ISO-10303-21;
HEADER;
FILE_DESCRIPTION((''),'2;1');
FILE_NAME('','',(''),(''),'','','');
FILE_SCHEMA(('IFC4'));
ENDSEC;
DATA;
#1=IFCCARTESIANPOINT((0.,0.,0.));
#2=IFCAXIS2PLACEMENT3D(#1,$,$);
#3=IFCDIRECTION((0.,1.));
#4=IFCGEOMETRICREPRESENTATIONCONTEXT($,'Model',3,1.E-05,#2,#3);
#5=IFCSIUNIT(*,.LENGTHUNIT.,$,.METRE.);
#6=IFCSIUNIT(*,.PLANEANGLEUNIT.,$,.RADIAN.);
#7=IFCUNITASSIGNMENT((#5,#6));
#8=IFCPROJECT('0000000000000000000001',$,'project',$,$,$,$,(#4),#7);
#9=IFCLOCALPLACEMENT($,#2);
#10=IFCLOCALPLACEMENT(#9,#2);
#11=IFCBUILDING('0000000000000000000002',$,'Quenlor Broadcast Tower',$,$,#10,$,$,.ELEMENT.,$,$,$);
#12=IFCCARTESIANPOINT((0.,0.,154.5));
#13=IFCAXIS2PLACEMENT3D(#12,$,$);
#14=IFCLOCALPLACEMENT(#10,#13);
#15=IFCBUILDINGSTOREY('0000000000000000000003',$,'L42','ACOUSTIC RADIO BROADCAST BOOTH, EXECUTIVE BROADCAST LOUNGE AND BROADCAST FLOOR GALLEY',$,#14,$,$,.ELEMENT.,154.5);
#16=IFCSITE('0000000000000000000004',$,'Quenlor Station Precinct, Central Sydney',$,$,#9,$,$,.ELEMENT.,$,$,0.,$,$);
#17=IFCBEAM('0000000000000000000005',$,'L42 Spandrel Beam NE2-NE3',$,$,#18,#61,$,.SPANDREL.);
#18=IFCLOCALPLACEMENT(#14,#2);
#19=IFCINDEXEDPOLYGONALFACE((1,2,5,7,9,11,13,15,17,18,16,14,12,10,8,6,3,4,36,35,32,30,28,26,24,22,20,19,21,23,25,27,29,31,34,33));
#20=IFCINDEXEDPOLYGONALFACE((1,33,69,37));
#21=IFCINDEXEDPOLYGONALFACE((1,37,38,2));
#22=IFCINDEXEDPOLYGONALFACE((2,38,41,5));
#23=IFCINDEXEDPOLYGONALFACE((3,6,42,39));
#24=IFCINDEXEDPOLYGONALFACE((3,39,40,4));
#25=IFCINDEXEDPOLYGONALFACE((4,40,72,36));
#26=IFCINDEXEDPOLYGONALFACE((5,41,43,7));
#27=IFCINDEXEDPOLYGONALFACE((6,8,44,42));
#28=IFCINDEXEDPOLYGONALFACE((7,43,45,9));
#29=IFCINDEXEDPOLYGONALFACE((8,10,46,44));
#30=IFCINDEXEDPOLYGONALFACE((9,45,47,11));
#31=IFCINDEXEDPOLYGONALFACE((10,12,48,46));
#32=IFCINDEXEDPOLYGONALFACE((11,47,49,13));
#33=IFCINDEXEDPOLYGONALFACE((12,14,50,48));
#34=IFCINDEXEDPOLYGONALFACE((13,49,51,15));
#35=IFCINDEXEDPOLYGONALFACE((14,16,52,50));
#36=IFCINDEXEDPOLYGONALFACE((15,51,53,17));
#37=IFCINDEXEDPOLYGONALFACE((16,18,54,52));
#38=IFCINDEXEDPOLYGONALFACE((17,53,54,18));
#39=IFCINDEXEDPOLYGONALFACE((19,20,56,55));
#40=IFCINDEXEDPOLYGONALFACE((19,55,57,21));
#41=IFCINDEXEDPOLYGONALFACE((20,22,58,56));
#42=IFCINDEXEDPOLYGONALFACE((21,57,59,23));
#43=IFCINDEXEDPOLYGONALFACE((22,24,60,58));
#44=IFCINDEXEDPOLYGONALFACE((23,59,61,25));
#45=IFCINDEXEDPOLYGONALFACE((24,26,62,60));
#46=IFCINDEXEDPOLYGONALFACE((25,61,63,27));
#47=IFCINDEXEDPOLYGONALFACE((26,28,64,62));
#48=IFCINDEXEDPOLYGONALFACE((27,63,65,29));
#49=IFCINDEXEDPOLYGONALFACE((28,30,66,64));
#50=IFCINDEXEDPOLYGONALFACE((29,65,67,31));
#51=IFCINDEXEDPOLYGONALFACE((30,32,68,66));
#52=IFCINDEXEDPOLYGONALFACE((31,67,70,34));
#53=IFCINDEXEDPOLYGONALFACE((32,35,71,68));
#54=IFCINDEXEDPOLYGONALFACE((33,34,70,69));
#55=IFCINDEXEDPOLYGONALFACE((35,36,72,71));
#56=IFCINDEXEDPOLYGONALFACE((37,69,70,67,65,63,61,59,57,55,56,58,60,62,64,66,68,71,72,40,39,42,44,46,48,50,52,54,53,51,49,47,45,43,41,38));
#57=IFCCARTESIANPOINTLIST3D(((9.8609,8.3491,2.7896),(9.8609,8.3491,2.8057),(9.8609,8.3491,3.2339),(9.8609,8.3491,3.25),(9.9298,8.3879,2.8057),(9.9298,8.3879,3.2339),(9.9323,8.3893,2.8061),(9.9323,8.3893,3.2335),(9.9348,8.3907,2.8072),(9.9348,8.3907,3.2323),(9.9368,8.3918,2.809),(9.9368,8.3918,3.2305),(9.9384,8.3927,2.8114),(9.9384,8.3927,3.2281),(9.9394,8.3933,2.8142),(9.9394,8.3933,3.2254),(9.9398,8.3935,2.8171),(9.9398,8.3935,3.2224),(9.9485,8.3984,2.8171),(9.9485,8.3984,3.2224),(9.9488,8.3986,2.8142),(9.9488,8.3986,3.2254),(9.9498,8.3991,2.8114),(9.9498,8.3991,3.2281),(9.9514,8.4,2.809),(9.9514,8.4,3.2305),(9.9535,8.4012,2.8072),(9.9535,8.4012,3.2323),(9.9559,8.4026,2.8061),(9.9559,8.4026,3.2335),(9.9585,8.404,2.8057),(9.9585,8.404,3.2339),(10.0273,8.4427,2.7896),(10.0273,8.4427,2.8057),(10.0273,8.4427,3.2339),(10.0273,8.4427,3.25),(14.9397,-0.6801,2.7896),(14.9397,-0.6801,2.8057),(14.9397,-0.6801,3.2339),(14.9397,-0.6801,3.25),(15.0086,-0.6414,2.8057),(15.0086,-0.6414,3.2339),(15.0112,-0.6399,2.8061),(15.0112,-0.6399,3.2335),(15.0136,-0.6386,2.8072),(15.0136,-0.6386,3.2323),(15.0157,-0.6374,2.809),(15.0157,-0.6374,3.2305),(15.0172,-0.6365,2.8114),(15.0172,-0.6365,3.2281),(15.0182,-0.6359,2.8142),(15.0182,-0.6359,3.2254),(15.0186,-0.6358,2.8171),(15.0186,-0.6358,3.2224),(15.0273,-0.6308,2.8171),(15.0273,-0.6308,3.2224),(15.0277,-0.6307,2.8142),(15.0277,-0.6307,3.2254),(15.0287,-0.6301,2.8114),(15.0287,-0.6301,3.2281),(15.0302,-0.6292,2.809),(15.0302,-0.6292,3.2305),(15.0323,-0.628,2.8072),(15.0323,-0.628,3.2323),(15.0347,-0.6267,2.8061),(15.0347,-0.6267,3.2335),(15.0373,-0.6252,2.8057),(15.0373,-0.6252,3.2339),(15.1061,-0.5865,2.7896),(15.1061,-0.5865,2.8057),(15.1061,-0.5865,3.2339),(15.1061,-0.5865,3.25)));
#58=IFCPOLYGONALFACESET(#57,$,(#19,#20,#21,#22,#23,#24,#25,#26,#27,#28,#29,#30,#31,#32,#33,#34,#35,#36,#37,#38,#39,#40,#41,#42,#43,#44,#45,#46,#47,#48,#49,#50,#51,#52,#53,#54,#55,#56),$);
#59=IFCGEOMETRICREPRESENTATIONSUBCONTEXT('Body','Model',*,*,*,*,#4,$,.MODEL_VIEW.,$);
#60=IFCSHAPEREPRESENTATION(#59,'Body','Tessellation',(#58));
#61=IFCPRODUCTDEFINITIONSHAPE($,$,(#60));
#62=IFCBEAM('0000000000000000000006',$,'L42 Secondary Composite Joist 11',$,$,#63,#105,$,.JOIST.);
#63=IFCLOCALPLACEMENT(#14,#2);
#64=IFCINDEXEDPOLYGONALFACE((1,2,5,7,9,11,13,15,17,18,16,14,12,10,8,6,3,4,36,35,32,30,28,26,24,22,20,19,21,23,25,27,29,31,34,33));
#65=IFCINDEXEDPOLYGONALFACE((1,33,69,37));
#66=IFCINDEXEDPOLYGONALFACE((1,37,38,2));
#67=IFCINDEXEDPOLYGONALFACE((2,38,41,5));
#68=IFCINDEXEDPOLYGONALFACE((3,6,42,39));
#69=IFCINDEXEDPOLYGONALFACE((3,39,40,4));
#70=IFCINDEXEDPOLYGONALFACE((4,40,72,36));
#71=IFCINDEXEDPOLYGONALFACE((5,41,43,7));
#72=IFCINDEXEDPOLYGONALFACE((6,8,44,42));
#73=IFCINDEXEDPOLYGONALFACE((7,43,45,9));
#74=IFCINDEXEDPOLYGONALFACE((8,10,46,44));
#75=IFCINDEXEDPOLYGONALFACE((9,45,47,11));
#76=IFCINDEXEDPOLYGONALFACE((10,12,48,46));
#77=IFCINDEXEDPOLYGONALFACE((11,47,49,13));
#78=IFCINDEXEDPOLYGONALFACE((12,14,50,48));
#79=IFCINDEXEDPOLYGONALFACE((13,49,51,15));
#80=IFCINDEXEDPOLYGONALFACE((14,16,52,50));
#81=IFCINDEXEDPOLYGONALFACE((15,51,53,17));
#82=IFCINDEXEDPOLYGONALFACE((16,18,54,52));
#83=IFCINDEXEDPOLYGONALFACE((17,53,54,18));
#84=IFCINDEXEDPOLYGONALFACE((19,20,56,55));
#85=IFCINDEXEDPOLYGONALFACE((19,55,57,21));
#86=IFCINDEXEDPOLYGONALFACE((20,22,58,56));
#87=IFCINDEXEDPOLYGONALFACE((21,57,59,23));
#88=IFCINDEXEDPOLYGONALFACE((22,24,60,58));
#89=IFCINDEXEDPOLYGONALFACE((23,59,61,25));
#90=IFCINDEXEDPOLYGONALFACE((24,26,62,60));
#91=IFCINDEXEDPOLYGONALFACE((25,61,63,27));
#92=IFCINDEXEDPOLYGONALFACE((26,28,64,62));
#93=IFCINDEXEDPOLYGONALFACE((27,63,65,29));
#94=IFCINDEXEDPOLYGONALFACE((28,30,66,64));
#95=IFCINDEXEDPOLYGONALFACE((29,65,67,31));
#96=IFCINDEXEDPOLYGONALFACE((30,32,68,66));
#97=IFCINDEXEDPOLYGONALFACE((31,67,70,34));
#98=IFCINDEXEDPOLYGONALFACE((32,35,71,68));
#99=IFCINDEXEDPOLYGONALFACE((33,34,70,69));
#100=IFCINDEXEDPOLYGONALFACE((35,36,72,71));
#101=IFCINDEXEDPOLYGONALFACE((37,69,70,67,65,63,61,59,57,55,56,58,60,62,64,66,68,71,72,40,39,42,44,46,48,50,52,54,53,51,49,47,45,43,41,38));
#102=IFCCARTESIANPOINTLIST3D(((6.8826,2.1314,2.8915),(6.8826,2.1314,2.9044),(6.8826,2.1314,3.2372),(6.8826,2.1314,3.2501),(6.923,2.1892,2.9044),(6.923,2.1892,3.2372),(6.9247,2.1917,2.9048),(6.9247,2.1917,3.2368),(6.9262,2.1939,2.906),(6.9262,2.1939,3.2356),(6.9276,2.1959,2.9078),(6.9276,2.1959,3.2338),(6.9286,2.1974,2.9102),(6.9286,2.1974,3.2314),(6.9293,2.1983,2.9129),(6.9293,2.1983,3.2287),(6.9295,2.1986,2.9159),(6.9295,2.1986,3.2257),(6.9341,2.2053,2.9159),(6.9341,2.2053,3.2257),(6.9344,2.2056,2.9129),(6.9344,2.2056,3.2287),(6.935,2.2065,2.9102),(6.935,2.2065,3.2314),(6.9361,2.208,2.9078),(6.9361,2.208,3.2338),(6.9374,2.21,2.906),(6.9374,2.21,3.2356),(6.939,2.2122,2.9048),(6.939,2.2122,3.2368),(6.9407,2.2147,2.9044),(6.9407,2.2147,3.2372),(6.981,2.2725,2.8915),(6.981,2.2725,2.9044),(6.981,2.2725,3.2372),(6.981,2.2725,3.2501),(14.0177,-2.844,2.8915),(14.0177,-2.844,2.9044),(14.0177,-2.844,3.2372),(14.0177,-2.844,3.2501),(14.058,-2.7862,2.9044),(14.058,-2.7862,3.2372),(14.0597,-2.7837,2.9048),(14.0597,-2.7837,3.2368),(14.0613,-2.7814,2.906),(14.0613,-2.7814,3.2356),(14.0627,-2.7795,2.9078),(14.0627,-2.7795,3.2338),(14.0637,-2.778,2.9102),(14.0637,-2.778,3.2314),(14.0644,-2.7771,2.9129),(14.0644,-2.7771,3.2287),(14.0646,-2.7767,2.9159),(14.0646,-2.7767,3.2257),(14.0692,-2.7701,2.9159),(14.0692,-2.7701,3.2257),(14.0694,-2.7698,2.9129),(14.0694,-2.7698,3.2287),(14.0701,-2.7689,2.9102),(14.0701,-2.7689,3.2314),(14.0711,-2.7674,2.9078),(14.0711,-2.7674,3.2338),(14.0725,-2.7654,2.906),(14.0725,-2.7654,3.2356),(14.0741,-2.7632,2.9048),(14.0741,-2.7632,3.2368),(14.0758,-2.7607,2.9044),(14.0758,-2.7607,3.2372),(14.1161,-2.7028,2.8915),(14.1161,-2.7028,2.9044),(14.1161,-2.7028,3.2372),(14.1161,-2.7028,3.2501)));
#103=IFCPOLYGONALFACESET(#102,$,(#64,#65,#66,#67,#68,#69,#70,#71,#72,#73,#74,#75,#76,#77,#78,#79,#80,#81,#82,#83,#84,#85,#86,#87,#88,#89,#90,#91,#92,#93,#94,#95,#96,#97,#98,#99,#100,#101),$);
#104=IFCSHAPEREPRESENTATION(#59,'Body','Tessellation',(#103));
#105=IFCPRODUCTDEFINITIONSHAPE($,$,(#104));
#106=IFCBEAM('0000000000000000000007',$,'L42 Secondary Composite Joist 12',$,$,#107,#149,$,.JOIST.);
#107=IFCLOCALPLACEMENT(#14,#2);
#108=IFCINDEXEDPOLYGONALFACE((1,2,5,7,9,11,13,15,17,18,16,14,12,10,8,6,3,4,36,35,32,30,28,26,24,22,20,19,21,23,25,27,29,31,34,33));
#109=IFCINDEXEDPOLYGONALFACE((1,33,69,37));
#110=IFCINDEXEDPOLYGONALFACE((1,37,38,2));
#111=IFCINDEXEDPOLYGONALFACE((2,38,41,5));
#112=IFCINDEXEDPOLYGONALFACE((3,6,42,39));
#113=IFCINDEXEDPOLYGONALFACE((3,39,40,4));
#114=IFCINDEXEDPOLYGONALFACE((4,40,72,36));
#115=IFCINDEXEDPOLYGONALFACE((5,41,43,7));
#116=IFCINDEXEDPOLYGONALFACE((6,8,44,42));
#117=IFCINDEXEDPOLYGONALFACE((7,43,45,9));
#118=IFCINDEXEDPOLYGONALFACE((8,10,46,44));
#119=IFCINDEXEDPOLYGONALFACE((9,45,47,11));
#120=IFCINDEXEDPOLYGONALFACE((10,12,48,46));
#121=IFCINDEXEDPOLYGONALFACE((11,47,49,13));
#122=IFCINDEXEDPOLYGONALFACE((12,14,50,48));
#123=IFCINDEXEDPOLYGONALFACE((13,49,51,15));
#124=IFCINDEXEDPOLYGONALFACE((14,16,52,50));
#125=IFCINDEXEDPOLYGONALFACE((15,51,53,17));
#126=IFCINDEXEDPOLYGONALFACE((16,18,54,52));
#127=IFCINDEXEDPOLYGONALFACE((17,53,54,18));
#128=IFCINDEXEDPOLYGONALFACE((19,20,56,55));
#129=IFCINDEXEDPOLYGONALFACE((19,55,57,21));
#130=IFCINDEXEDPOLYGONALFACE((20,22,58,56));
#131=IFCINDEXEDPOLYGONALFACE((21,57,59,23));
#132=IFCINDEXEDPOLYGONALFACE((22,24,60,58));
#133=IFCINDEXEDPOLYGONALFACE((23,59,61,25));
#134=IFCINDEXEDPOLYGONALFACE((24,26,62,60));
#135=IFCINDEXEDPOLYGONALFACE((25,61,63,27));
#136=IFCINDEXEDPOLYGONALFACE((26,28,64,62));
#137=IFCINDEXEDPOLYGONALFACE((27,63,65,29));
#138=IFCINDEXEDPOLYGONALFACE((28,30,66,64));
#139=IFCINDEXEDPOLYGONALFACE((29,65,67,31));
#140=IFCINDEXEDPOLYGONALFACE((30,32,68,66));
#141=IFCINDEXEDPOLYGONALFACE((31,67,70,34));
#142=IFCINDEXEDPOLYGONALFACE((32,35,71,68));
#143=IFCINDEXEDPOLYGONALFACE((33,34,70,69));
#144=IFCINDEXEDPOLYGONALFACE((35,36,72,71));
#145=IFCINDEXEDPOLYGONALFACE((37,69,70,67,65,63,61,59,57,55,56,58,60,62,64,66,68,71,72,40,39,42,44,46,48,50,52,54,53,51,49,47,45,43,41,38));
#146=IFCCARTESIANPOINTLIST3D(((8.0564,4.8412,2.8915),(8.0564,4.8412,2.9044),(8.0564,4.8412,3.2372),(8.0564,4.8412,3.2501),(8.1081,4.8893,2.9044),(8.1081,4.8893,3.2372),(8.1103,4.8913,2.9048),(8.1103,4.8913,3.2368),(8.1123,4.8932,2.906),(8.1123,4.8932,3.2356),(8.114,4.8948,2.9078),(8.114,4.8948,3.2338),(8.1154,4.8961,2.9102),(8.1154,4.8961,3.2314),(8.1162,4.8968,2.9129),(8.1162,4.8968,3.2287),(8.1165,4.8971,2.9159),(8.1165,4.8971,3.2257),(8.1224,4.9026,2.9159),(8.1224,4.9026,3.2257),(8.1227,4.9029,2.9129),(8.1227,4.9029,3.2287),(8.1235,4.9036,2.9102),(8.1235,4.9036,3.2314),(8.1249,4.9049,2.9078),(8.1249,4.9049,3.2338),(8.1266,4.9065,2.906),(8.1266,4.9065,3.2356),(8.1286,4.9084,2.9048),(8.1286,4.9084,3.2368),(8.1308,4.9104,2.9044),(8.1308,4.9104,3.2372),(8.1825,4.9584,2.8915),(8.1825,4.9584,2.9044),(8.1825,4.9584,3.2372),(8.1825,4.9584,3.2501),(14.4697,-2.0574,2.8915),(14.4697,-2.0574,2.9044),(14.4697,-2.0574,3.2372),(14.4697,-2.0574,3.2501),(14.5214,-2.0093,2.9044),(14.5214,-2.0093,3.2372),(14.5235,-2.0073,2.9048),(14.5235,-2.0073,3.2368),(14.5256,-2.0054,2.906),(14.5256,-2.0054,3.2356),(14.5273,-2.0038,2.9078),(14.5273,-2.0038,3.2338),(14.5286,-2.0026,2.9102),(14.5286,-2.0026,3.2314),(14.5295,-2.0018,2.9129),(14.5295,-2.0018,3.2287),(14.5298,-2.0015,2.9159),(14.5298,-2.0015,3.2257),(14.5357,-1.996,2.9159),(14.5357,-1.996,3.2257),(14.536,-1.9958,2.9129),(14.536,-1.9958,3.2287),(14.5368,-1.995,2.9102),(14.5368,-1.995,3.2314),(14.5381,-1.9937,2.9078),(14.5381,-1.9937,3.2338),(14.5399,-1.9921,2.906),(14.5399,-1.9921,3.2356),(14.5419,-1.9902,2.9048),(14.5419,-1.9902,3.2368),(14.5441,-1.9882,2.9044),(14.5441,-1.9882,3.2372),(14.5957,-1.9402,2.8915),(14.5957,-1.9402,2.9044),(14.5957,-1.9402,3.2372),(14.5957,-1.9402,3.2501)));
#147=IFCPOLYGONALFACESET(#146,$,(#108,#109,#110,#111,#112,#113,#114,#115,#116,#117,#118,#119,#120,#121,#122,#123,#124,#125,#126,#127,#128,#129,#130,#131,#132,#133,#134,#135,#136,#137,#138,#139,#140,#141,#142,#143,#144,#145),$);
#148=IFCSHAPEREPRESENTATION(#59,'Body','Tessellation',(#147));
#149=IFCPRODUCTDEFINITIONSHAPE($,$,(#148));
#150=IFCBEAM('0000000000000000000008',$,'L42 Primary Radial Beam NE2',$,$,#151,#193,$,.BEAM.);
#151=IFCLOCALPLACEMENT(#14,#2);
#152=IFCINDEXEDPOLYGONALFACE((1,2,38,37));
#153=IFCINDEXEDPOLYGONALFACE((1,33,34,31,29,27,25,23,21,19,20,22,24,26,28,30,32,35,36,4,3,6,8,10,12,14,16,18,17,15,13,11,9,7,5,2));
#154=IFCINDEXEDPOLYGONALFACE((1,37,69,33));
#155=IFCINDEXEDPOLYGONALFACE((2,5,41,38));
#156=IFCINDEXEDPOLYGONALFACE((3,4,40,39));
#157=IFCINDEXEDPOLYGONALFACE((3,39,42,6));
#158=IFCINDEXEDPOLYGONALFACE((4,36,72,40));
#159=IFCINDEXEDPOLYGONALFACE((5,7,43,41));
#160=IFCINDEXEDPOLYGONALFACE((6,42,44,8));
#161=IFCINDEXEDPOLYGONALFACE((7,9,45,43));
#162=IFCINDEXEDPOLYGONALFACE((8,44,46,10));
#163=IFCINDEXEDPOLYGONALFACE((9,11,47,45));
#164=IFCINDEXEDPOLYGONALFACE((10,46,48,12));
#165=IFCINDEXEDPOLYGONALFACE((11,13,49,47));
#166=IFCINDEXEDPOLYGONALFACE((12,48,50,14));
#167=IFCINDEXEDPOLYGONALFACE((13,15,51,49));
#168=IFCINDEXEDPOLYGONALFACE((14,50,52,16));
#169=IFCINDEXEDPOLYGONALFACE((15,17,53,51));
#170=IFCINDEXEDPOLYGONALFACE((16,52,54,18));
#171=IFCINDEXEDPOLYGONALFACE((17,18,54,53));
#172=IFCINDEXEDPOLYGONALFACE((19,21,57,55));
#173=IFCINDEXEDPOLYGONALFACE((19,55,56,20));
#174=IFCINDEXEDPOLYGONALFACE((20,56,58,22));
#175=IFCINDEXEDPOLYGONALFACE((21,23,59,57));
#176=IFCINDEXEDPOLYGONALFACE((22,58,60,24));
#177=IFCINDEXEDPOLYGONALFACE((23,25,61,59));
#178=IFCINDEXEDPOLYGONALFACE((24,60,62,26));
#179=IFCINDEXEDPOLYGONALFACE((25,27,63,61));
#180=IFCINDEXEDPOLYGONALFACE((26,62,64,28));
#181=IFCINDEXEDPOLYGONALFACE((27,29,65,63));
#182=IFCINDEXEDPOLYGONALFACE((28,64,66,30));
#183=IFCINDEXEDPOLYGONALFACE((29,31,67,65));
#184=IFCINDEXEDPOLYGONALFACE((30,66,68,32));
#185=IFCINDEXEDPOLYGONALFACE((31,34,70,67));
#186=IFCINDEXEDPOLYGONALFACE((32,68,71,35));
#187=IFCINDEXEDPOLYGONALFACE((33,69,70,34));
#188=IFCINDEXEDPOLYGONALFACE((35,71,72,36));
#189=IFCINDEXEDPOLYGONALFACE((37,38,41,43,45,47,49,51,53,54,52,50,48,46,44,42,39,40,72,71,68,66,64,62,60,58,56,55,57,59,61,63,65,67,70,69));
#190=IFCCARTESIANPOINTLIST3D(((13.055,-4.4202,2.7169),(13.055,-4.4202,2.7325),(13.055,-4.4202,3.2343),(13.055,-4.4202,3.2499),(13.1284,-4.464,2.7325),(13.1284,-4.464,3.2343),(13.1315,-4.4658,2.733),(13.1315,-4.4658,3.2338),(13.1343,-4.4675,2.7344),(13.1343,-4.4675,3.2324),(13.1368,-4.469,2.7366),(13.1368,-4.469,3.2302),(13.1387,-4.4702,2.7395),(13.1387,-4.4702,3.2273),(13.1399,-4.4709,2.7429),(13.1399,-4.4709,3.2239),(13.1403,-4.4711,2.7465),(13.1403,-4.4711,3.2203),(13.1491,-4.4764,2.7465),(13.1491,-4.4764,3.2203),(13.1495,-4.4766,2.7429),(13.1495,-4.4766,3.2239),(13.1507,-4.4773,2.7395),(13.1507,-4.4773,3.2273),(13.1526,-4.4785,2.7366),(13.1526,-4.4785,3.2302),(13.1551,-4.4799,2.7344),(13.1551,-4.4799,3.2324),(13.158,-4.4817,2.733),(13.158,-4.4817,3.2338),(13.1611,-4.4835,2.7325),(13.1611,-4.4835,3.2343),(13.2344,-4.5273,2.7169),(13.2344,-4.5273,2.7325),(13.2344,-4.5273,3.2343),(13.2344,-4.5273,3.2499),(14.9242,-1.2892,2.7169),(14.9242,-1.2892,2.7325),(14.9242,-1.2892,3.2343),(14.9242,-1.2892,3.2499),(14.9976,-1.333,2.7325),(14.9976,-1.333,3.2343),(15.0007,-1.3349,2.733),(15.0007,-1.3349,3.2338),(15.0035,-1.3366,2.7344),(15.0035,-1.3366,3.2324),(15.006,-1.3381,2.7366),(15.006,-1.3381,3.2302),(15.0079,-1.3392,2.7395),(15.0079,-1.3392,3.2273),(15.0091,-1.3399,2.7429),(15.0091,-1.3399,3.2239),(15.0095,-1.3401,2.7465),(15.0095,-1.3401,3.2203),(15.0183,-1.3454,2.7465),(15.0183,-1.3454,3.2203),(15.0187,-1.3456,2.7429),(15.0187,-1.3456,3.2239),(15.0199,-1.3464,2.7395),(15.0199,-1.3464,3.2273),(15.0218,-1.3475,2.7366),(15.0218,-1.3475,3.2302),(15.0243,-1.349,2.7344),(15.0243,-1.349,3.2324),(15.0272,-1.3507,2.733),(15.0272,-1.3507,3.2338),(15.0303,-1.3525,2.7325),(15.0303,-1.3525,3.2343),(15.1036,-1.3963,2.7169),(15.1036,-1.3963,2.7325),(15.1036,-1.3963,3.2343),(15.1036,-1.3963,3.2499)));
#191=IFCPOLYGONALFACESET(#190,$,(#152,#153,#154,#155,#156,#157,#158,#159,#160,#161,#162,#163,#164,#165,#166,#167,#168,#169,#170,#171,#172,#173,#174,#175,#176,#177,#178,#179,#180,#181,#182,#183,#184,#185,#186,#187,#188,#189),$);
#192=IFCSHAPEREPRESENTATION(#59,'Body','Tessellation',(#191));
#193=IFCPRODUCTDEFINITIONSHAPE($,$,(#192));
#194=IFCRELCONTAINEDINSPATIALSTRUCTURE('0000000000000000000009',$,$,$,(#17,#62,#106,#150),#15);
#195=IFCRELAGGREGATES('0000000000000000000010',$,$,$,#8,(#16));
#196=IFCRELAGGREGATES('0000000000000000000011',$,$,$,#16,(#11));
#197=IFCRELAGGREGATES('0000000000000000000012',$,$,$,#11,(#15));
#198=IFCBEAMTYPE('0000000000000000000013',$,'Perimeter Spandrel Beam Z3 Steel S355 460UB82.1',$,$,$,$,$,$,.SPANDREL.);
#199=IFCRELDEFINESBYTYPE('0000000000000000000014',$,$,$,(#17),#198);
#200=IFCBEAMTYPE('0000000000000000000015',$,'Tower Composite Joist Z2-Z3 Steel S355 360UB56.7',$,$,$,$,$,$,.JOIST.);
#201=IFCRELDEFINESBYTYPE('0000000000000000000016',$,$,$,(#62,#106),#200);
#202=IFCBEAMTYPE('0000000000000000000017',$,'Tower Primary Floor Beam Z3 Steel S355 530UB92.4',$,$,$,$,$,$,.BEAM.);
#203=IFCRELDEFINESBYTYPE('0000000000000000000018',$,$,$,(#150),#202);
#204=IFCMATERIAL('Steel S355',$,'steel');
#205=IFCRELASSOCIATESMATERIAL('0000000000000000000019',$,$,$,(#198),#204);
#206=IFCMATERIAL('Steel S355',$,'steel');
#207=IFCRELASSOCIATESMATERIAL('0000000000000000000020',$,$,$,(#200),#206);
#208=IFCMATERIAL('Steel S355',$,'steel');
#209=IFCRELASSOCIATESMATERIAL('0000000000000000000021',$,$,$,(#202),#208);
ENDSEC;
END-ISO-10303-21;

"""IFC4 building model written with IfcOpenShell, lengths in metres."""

from ifc_helpers import new_model, si_unit, direction, frame, origin, origin_2d, place, context, subcontext, project, spatial, i_section, extrude, material, material_profile, profile_set, type_object, element, save


model = new_model("IFC4")

# Units and contexts
model_context = context("Model", 3, precision=1e-05, world=origin(), true_north=direction((0.0, 1.0)))
body_context = subcontext(model_context, "Body", "Model", "MODEL_VIEW")
ifc_project = project(units=[si_unit("LENGTHUNIT", "METRE"), si_unit("PLANEANGLEUNIT", "RADIAN")], contexts=[model_context])

# Site, building, storey
site_placement = place(None, origin())
site = spatial("IfcSite", under=ifc_project, at=site_placement, Name="Quenlor Station Precinct, Central Sydney", CompositionType="ELEMENT", RefElevation=0.0)
building_placement = place(site_placement, origin())
building = spatial("IfcBuilding", under=site, at=building_placement, Name="Quenlor Broadcast Tower", CompositionType="ELEMENT")
storey_placement = place(building_placement, frame((0.0, 0.0, 154.5)))
storey = spatial("IfcBuildingStorey", under=building, at=storey_placement, Name="L42", Description="ACOUSTIC RADIO BROADCAST BOOTH, EXECUTIVE BROADCAST LOUNGE AND BROADCAST FLOOR GALLEY", CompositionType="ELEMENT", Elevation=154.5)

# Beams
ifc_material_1 = material(Name="Steel S355", Category="steel")
ifc_material_profile_1 = material_profile(ifc_material_1, i_section(OverallWidth=0.1909, OverallDepth=0.4604, WebThickness=0.01, FlangeThickness=0.0161, FilletRadius=0.0115, at=origin_2d()))
ifc_profile_set_1 = profile_set([ifc_material_profile_1], Name="Steel S355 460UB82.1")
beam_type_1 = type_object("IfcBeamType", Name="Perimeter Spandrel Beam Z3 Steel S355 460UB82.1", PredefinedType="SPANDREL", material=ifc_profile_set_1)
beam_1_placement = place(storey_placement, frame((15.0229, -0.6333, 3.0198), z_axis=(-0.490252, 0.871581, 0.0), x_axis=(-0.871581, -0.490252, 0.0)))
element("IfcBeam", 1, at=beam_1_placement, inside=storey, type_object=beam_type_1, Name="L42 Spandrel Beam NE2-NE3", PredefinedType="SPANDREL", context=body_context, shape_type="SweptSolid", body=[
    extrude(i_section(OverallWidth=0.1909, OverallDepth=0.4604, WebThickness=0.01, FlangeThickness=0.0161, FilletRadius=0.0115, at=origin_2d()), origin(), (0.0, 0.0, 1.0), 10.3596),
])
ifc_material_2 = material(Name="Steel S355", Category="steel")
ifc_material_profile_2 = material_profile(ifc_material_2, i_section(OverallWidth=0.1721, OverallDepth=0.3586, WebThickness=0.0081, FlangeThickness=0.0129, FilletRadius=0.0115, at=origin_2d()))
ifc_profile_set_2 = profile_set([ifc_material_profile_2], Name="Steel S355 360UB56.7")
beam_type_2 = type_object("IfcBeamType", Name="Tower Composite Joist Z2-Z3 Steel S355 360UB56.7", PredefinedType="JOIST", material=ifc_profile_set_2)
beam_2_placement = place(storey_placement, frame((14.0669, -2.7734, 3.0708), z_axis=(-0.820266, 0.571983, 0.0), x_axis=(-0.571983, -0.820266, 0.0)))
element("IfcBeam", 2, at=beam_2_placement, inside=storey, type_object=beam_type_2, Name="L42 Secondary Composite Joist 11", PredefinedType="JOIST", context=body_context, shape_type="SweptSolid", body=[
    extrude(i_section(OverallWidth=0.1721, OverallDepth=0.3586, WebThickness=0.0081, FlangeThickness=0.0129, FilletRadius=0.0115, at=origin_2d()), origin(), (0.0, 0.0, 1.0), 8.6985),
])
beam_3_placement = place(storey_placement, frame((14.5327, -1.9988, 3.0708), z_axis=(-0.680874, 0.732401, 0.0), x_axis=(-0.732401, -0.680874, 0.0)))
element("IfcBeam", 3, at=beam_3_placement, inside=storey, type_object=beam_type_2, Name="L42 Secondary Composite Joist 12", PredefinedType="JOIST", context=body_context, shape_type="SweptSolid", body=[
    extrude(i_section(OverallWidth=0.1721, OverallDepth=0.3586, WebThickness=0.0081, FlangeThickness=0.0129, FilletRadius=0.0115, at=origin_2d()), origin(), (0.0, 0.0, 1.0), 9.4192),
])
ifc_material_3 = material(Name="Steel S355", Category="steel")
ifc_material_profile_3 = material_profile(ifc_material_3, i_section(OverallWidth=0.209, OverallDepth=0.533, WebThickness=0.0103, FlangeThickness=0.0156, FilletRadius=0.0139, at=origin_2d()))
ifc_profile_set_3 = profile_set([ifc_material_profile_3], Name="Steel S355 530UB92.4")
beam_type_3 = type_object("IfcBeamType", Name="Tower Primary Floor Beam Z3 Steel S355 530UB92.4", PredefinedType="BEAM", material=ifc_profile_set_3)
beam_4_placement = place(storey_placement, frame((15.0139, -1.3428, 2.9834), z_axis=(-0.512604, -0.858625, 0.0), x_axis=(0.858625, -0.512604, 0.0)))
element("IfcBeam", 4, at=beam_4_placement, inside=storey, type_object=beam_type_3, Name="L42 Primary Radial Beam NE2", PredefinedType="BEAM", context=body_context, shape_type="SweptSolid", body=[
    extrude(i_section(OverallWidth=0.209, OverallDepth=0.533, WebThickness=0.0103, FlangeThickness=0.0156, FilletRadius=0.0139, at=origin_2d()), origin(), (0.0, 0.0, 1.0), 3.6465),
])

save(model, "model.ifc")
